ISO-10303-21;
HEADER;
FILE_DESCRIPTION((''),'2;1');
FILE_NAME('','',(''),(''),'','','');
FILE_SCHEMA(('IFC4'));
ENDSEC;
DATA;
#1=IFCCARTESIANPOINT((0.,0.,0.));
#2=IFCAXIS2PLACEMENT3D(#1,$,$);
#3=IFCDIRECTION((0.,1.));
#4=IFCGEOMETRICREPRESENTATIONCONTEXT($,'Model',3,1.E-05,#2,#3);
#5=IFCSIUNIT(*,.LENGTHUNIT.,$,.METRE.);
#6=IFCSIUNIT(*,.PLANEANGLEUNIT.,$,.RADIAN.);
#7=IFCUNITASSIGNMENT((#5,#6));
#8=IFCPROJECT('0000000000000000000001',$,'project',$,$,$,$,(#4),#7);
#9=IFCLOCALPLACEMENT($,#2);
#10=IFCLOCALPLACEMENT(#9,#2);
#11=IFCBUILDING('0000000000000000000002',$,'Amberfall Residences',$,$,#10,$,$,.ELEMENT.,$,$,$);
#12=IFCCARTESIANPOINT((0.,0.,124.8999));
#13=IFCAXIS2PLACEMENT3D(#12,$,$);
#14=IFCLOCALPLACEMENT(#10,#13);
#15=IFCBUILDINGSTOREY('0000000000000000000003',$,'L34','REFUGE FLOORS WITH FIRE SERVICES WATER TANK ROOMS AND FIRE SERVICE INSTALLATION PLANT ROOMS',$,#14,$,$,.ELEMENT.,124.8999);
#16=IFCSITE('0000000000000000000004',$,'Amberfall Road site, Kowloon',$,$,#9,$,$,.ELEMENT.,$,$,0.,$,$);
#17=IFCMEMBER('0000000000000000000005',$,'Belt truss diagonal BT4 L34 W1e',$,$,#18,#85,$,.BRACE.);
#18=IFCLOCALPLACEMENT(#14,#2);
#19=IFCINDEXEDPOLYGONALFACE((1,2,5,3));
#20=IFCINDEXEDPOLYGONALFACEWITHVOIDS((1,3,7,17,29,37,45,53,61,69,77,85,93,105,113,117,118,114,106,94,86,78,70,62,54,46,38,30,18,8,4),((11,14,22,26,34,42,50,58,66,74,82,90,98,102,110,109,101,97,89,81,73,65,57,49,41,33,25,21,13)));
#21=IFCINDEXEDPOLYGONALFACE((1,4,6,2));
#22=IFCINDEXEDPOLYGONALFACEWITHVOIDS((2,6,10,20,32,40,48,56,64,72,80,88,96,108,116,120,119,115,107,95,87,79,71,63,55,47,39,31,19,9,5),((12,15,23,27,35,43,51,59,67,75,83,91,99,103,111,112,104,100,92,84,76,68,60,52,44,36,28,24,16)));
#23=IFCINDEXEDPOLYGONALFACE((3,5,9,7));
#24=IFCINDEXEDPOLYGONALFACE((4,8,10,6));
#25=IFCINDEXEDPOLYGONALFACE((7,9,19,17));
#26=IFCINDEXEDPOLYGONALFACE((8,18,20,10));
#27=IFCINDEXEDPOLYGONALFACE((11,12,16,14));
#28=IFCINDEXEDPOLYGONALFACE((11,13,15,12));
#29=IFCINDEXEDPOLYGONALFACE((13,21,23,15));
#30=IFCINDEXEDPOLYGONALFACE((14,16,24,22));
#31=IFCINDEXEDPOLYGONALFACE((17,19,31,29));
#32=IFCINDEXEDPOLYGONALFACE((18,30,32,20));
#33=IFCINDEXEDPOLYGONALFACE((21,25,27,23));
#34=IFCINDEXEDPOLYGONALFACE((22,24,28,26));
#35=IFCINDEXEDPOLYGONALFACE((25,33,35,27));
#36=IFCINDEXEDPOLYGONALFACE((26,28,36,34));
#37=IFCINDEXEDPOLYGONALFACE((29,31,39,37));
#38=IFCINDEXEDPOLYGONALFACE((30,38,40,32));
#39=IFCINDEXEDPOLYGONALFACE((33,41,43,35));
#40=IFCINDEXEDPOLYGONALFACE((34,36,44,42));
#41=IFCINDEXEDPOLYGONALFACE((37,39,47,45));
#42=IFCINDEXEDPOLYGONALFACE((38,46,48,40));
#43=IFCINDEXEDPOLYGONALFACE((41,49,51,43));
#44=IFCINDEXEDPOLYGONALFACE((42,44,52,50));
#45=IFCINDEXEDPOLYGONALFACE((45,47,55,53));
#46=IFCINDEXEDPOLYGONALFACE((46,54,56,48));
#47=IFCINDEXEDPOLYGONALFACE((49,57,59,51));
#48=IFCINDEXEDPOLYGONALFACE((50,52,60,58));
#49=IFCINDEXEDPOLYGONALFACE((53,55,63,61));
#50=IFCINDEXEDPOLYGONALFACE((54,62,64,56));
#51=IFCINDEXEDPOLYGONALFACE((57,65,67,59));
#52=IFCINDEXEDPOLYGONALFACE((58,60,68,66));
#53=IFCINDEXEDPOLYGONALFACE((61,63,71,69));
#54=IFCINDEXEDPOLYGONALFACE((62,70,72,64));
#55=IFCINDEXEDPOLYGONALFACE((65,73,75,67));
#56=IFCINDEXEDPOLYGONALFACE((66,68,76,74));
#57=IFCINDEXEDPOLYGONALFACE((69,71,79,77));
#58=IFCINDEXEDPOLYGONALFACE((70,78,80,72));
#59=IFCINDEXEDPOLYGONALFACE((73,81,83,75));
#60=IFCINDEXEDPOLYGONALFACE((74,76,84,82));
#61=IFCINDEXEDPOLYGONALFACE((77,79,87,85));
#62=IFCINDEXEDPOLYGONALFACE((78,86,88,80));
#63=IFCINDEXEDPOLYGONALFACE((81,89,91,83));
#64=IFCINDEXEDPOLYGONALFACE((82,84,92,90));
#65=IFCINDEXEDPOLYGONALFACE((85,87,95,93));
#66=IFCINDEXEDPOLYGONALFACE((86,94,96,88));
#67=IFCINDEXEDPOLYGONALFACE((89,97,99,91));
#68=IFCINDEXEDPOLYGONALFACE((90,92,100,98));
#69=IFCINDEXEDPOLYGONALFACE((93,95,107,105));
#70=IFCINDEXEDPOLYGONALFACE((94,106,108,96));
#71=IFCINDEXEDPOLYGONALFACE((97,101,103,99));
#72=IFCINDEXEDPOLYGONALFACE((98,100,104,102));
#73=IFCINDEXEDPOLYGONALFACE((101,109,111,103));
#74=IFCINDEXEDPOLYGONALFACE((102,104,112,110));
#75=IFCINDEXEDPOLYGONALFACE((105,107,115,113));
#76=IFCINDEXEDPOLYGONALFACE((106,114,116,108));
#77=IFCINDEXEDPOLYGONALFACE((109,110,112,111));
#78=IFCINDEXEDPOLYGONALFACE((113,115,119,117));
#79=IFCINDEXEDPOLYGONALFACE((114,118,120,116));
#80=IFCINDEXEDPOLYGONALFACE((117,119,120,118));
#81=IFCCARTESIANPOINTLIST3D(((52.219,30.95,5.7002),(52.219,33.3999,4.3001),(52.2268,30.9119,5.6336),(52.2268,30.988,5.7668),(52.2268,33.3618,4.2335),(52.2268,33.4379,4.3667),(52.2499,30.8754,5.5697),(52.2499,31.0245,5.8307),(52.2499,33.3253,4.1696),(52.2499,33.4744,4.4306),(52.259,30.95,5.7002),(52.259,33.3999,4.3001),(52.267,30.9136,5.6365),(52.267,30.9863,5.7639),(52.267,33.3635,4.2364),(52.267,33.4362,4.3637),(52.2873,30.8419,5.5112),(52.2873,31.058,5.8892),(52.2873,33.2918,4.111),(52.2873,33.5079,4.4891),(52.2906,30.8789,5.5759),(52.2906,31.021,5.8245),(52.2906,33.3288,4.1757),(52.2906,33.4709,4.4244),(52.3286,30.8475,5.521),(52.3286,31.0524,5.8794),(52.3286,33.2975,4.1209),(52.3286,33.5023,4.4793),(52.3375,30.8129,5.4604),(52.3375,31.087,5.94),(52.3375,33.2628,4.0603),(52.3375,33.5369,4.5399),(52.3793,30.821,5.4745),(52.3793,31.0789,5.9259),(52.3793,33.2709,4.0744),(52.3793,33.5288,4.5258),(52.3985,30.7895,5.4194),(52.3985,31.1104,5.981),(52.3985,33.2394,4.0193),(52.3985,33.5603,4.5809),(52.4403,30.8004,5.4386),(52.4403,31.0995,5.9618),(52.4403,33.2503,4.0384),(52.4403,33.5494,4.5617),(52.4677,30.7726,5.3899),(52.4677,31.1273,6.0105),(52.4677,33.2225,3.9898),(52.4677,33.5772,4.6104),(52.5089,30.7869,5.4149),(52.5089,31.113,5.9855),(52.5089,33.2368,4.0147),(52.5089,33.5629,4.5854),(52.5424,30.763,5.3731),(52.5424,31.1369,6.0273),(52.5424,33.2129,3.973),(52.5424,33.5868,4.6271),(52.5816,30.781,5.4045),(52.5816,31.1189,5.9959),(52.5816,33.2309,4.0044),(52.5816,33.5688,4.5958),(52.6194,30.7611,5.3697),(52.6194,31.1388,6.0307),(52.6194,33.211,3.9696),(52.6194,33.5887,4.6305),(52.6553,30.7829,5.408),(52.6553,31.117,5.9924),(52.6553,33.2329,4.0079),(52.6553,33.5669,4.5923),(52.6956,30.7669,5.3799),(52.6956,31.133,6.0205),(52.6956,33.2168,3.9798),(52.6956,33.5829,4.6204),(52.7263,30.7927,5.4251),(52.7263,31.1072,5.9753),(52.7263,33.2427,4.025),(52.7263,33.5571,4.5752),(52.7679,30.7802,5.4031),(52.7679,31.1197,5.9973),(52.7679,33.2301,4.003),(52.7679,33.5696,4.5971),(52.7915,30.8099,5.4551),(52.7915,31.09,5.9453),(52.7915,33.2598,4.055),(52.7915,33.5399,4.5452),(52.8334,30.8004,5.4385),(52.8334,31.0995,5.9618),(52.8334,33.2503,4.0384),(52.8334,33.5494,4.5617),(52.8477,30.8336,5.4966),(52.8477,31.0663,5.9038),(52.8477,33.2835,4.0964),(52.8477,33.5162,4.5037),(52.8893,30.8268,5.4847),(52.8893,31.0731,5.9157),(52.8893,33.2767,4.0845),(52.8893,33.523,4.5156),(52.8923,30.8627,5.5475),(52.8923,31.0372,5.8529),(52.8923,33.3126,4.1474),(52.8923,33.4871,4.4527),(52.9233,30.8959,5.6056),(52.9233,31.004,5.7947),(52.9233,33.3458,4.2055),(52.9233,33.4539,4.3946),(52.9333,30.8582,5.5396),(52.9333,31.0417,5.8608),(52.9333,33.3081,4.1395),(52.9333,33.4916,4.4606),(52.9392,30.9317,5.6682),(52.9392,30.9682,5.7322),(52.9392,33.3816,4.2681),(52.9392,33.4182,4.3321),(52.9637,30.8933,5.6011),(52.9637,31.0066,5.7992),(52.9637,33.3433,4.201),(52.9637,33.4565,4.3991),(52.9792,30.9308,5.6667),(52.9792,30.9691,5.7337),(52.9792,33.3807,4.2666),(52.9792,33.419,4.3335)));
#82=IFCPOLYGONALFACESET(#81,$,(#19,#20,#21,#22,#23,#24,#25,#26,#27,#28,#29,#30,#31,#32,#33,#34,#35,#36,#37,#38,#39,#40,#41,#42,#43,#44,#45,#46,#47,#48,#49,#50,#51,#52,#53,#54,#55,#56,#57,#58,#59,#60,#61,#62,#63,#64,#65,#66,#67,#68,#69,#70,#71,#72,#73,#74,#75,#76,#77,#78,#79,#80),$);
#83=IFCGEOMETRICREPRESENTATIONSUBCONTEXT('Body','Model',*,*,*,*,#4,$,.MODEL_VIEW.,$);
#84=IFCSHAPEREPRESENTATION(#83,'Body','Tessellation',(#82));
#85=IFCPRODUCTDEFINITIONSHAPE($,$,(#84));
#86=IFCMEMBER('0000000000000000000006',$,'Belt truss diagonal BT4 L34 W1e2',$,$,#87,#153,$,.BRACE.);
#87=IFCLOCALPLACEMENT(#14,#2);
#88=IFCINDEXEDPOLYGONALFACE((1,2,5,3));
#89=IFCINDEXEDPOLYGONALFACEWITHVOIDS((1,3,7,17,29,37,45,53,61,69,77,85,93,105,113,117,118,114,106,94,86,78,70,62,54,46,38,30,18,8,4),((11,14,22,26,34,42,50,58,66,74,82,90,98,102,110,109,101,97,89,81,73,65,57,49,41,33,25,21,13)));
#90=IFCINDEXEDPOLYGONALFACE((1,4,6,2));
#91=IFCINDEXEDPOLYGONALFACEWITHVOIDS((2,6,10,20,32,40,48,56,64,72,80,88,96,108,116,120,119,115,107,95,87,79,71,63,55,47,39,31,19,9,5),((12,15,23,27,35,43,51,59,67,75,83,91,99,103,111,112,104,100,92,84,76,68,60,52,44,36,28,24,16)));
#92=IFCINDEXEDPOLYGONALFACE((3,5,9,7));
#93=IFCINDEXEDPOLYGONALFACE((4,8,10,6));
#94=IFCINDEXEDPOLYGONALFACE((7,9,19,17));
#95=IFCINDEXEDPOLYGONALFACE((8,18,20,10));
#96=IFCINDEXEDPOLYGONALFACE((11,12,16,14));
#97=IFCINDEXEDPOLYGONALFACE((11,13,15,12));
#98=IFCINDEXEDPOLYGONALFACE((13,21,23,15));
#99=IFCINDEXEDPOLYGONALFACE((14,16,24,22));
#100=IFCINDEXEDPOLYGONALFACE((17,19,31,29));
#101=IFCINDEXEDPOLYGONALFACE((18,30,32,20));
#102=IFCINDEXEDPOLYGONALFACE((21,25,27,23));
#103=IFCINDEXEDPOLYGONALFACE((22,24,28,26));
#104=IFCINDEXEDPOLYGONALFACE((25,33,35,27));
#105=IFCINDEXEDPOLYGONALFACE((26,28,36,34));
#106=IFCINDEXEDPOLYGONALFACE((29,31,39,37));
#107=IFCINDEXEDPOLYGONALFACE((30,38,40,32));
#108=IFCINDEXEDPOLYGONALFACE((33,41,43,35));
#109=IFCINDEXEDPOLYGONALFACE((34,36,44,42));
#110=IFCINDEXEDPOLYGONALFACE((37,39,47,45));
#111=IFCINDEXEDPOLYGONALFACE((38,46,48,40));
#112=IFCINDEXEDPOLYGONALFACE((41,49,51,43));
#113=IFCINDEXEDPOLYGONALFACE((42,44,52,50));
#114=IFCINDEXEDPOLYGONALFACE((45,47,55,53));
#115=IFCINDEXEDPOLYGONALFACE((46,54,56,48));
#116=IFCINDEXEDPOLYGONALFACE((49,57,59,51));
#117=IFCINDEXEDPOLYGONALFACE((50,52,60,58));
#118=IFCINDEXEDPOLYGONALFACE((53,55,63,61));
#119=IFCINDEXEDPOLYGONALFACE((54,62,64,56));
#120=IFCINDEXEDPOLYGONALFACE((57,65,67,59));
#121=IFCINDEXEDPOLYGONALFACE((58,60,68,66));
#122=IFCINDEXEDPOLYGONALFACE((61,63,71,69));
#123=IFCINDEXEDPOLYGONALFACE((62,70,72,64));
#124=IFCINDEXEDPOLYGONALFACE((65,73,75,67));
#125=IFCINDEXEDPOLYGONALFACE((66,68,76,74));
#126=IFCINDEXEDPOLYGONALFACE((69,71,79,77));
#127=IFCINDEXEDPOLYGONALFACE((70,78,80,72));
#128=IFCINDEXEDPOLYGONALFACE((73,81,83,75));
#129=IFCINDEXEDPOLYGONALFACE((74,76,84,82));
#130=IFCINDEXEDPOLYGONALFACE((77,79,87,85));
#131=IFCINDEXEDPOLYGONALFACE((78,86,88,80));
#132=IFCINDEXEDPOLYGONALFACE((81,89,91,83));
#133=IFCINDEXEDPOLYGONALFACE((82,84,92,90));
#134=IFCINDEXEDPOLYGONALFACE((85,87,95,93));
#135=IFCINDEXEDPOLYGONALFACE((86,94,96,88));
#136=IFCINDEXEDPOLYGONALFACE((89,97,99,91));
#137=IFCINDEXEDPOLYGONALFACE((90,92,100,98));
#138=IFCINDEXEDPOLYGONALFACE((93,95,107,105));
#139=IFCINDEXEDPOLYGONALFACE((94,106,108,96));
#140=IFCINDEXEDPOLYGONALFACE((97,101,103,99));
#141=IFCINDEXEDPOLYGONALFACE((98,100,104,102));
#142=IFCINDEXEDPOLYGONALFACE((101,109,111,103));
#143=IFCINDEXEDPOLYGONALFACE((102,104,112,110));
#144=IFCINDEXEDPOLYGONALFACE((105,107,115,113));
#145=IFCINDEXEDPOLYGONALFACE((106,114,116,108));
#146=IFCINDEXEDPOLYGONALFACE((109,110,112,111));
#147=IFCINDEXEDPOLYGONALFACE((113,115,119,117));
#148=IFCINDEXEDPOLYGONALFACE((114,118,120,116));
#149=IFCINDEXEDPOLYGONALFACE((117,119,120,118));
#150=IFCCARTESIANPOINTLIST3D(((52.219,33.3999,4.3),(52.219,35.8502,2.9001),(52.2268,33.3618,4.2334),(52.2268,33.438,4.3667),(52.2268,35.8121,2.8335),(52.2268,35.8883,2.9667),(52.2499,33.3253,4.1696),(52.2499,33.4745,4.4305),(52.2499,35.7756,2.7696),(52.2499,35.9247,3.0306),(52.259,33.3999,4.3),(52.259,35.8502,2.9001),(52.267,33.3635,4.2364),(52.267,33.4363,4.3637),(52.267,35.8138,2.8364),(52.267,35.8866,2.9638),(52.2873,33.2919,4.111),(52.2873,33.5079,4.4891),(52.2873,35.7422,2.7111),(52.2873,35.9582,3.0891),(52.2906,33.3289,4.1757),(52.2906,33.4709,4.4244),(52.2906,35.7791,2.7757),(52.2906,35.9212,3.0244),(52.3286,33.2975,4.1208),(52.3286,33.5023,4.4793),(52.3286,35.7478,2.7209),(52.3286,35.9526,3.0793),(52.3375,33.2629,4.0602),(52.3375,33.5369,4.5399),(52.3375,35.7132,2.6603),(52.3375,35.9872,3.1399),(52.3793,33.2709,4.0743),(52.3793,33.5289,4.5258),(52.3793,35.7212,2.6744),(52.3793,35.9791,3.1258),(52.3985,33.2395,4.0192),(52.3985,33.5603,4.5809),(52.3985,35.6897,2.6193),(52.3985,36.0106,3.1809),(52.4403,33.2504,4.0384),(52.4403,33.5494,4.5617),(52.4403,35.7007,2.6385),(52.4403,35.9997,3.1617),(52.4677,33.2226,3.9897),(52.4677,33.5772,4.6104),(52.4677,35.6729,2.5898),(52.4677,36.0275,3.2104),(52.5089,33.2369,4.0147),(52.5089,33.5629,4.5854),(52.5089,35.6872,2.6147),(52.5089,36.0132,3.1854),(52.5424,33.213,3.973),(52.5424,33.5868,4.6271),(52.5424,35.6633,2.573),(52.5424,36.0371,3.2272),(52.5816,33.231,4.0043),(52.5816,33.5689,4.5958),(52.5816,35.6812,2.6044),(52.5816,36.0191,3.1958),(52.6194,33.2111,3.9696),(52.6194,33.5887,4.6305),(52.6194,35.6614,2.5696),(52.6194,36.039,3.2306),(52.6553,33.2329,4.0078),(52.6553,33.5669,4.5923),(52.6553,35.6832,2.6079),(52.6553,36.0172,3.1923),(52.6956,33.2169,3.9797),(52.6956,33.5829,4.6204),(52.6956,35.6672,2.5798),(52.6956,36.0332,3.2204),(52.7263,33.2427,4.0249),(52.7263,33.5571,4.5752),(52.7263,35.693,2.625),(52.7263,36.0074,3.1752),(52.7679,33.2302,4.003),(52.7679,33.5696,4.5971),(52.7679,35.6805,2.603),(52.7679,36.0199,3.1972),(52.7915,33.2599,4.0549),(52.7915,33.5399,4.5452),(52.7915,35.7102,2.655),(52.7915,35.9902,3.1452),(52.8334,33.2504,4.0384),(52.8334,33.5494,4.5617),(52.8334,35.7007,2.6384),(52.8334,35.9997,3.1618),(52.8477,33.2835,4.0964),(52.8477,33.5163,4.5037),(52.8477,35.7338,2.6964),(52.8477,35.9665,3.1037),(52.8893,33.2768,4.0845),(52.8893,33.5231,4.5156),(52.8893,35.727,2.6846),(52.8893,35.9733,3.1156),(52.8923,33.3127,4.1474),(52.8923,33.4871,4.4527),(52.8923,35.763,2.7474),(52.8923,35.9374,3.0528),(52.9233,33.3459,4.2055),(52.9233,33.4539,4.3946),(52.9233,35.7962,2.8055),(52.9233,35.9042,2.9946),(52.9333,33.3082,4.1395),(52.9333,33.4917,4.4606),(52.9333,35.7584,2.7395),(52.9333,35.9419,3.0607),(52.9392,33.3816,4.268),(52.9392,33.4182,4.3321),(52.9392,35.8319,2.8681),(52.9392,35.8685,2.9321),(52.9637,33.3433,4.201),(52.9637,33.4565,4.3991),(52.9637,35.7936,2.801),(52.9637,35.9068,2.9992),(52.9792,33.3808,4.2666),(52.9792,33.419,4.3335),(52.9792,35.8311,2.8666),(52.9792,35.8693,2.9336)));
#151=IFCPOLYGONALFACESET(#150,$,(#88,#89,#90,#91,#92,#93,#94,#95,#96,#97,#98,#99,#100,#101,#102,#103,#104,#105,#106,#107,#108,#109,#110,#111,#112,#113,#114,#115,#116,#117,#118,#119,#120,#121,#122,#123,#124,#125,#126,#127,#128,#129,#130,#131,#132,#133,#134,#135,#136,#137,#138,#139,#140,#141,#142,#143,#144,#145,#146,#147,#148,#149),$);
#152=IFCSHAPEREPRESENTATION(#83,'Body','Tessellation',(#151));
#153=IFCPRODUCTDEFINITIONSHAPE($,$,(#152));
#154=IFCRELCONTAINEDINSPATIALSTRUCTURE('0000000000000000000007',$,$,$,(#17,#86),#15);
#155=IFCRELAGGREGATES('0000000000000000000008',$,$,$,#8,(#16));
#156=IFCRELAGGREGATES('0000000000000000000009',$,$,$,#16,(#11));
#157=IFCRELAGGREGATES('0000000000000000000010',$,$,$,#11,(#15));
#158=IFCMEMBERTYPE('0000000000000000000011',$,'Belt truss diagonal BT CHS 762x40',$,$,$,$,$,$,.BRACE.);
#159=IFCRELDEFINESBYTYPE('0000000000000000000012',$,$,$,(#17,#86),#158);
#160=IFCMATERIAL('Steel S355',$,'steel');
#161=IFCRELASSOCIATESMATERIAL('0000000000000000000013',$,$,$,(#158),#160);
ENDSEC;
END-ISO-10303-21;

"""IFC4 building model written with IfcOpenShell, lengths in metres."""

from ifc_helpers import new_model, si_unit, direction, frame, origin, origin_2d, place, context, subcontext, project, spatial, hollow_circle, extrude, material, material_profile, profile_set, type_object, element, save


model = new_model("IFC4")

# Units and contexts
model_context = context("Model", 3, precision=1e-05, world=origin(), true_north=direction((0.0, 1.0)))
body_context = subcontext(model_context, "Body", "Model", "MODEL_VIEW")
ifc_project = project(units=[si_unit("LENGTHUNIT", "METRE"), si_unit("PLANEANGLEUNIT", "RADIAN")], contexts=[model_context])

# Site, building, storey
site_placement = place(None, origin())
site = spatial("IfcSite", under=ifc_project, at=site_placement, Name="Amberfall Road site, Kowloon", CompositionType="ELEMENT", RefElevation=0.0)
building_placement = place(site_placement, origin())
building = spatial("IfcBuilding", under=site, at=building_placement, Name="Amberfall Residences", CompositionType="ELEMENT")
storey_placement = place(building_placement, frame((0.0, 0.0, 124.8999)))
storey = spatial("IfcBuildingStorey", under=building, at=storey_placement, Name="L34", Description="REFUGE FLOORS WITH FIRE SERVICES WATER TANK ROOMS AND FIRE SERVICE INSTALLATION PLANT ROOMS", CompositionType="ELEMENT", Elevation=124.8999)

# Shared definitions
ifc_material_1 = material(Name="Steel S355", Category="steel")

# Members
ifc_material_profile_1 = material_profile(ifc_material_1, hollow_circle(Radius=0.3811, WallThickness=0.04, at=origin_2d()), Name="CHS 762x40")
ifc_profile_set_1 = profile_set([ifc_material_profile_1], Name="Steel S355")
member_type = type_object("IfcMemberType", Name="Belt truss diagonal BT CHS 762x40", PredefinedType="BRACE", material=ifc_profile_set_1)
member_1_placement = place(storey_placement, frame((52.6001, 30.95, 5.7002), z_axis=(0.0, 0.868217, -0.496186), x_axis=(-1.0, 0.0, 0.0)))
element("IfcMember", 1, at=member_1_placement, inside=storey, type_object=member_type, Name="Belt truss diagonal BT4 L34 W1e", PredefinedType="BRACE", context=body_context, shape_type="SweptSolid", body=[
    extrude(hollow_circle(Radius=0.3811, WallThickness=0.04, at=origin_2d()), origin(), (0.0, 0.0, 1.0), 2.8218),
])
member_2_placement = place(storey_placement, frame((52.6001, 33.3999, 4.3), z_axis=(0.0, 0.868275, -0.496083), x_axis=(-1.0, 0.0, 0.0)))
element("IfcMember", 2, at=member_2_placement, inside=storey, type_object=member_type, Name="Belt truss diagonal BT4 L34 W1e2", PredefinedType="BRACE", context=body_context, shape_type="SweptSolid", body=[
    extrude(hollow_circle(Radius=0.3811, WallThickness=0.04, at=origin_2d()), origin(), (0.0, 0.0, 1.0), 2.822),
])

save(model, "model.ifc")
